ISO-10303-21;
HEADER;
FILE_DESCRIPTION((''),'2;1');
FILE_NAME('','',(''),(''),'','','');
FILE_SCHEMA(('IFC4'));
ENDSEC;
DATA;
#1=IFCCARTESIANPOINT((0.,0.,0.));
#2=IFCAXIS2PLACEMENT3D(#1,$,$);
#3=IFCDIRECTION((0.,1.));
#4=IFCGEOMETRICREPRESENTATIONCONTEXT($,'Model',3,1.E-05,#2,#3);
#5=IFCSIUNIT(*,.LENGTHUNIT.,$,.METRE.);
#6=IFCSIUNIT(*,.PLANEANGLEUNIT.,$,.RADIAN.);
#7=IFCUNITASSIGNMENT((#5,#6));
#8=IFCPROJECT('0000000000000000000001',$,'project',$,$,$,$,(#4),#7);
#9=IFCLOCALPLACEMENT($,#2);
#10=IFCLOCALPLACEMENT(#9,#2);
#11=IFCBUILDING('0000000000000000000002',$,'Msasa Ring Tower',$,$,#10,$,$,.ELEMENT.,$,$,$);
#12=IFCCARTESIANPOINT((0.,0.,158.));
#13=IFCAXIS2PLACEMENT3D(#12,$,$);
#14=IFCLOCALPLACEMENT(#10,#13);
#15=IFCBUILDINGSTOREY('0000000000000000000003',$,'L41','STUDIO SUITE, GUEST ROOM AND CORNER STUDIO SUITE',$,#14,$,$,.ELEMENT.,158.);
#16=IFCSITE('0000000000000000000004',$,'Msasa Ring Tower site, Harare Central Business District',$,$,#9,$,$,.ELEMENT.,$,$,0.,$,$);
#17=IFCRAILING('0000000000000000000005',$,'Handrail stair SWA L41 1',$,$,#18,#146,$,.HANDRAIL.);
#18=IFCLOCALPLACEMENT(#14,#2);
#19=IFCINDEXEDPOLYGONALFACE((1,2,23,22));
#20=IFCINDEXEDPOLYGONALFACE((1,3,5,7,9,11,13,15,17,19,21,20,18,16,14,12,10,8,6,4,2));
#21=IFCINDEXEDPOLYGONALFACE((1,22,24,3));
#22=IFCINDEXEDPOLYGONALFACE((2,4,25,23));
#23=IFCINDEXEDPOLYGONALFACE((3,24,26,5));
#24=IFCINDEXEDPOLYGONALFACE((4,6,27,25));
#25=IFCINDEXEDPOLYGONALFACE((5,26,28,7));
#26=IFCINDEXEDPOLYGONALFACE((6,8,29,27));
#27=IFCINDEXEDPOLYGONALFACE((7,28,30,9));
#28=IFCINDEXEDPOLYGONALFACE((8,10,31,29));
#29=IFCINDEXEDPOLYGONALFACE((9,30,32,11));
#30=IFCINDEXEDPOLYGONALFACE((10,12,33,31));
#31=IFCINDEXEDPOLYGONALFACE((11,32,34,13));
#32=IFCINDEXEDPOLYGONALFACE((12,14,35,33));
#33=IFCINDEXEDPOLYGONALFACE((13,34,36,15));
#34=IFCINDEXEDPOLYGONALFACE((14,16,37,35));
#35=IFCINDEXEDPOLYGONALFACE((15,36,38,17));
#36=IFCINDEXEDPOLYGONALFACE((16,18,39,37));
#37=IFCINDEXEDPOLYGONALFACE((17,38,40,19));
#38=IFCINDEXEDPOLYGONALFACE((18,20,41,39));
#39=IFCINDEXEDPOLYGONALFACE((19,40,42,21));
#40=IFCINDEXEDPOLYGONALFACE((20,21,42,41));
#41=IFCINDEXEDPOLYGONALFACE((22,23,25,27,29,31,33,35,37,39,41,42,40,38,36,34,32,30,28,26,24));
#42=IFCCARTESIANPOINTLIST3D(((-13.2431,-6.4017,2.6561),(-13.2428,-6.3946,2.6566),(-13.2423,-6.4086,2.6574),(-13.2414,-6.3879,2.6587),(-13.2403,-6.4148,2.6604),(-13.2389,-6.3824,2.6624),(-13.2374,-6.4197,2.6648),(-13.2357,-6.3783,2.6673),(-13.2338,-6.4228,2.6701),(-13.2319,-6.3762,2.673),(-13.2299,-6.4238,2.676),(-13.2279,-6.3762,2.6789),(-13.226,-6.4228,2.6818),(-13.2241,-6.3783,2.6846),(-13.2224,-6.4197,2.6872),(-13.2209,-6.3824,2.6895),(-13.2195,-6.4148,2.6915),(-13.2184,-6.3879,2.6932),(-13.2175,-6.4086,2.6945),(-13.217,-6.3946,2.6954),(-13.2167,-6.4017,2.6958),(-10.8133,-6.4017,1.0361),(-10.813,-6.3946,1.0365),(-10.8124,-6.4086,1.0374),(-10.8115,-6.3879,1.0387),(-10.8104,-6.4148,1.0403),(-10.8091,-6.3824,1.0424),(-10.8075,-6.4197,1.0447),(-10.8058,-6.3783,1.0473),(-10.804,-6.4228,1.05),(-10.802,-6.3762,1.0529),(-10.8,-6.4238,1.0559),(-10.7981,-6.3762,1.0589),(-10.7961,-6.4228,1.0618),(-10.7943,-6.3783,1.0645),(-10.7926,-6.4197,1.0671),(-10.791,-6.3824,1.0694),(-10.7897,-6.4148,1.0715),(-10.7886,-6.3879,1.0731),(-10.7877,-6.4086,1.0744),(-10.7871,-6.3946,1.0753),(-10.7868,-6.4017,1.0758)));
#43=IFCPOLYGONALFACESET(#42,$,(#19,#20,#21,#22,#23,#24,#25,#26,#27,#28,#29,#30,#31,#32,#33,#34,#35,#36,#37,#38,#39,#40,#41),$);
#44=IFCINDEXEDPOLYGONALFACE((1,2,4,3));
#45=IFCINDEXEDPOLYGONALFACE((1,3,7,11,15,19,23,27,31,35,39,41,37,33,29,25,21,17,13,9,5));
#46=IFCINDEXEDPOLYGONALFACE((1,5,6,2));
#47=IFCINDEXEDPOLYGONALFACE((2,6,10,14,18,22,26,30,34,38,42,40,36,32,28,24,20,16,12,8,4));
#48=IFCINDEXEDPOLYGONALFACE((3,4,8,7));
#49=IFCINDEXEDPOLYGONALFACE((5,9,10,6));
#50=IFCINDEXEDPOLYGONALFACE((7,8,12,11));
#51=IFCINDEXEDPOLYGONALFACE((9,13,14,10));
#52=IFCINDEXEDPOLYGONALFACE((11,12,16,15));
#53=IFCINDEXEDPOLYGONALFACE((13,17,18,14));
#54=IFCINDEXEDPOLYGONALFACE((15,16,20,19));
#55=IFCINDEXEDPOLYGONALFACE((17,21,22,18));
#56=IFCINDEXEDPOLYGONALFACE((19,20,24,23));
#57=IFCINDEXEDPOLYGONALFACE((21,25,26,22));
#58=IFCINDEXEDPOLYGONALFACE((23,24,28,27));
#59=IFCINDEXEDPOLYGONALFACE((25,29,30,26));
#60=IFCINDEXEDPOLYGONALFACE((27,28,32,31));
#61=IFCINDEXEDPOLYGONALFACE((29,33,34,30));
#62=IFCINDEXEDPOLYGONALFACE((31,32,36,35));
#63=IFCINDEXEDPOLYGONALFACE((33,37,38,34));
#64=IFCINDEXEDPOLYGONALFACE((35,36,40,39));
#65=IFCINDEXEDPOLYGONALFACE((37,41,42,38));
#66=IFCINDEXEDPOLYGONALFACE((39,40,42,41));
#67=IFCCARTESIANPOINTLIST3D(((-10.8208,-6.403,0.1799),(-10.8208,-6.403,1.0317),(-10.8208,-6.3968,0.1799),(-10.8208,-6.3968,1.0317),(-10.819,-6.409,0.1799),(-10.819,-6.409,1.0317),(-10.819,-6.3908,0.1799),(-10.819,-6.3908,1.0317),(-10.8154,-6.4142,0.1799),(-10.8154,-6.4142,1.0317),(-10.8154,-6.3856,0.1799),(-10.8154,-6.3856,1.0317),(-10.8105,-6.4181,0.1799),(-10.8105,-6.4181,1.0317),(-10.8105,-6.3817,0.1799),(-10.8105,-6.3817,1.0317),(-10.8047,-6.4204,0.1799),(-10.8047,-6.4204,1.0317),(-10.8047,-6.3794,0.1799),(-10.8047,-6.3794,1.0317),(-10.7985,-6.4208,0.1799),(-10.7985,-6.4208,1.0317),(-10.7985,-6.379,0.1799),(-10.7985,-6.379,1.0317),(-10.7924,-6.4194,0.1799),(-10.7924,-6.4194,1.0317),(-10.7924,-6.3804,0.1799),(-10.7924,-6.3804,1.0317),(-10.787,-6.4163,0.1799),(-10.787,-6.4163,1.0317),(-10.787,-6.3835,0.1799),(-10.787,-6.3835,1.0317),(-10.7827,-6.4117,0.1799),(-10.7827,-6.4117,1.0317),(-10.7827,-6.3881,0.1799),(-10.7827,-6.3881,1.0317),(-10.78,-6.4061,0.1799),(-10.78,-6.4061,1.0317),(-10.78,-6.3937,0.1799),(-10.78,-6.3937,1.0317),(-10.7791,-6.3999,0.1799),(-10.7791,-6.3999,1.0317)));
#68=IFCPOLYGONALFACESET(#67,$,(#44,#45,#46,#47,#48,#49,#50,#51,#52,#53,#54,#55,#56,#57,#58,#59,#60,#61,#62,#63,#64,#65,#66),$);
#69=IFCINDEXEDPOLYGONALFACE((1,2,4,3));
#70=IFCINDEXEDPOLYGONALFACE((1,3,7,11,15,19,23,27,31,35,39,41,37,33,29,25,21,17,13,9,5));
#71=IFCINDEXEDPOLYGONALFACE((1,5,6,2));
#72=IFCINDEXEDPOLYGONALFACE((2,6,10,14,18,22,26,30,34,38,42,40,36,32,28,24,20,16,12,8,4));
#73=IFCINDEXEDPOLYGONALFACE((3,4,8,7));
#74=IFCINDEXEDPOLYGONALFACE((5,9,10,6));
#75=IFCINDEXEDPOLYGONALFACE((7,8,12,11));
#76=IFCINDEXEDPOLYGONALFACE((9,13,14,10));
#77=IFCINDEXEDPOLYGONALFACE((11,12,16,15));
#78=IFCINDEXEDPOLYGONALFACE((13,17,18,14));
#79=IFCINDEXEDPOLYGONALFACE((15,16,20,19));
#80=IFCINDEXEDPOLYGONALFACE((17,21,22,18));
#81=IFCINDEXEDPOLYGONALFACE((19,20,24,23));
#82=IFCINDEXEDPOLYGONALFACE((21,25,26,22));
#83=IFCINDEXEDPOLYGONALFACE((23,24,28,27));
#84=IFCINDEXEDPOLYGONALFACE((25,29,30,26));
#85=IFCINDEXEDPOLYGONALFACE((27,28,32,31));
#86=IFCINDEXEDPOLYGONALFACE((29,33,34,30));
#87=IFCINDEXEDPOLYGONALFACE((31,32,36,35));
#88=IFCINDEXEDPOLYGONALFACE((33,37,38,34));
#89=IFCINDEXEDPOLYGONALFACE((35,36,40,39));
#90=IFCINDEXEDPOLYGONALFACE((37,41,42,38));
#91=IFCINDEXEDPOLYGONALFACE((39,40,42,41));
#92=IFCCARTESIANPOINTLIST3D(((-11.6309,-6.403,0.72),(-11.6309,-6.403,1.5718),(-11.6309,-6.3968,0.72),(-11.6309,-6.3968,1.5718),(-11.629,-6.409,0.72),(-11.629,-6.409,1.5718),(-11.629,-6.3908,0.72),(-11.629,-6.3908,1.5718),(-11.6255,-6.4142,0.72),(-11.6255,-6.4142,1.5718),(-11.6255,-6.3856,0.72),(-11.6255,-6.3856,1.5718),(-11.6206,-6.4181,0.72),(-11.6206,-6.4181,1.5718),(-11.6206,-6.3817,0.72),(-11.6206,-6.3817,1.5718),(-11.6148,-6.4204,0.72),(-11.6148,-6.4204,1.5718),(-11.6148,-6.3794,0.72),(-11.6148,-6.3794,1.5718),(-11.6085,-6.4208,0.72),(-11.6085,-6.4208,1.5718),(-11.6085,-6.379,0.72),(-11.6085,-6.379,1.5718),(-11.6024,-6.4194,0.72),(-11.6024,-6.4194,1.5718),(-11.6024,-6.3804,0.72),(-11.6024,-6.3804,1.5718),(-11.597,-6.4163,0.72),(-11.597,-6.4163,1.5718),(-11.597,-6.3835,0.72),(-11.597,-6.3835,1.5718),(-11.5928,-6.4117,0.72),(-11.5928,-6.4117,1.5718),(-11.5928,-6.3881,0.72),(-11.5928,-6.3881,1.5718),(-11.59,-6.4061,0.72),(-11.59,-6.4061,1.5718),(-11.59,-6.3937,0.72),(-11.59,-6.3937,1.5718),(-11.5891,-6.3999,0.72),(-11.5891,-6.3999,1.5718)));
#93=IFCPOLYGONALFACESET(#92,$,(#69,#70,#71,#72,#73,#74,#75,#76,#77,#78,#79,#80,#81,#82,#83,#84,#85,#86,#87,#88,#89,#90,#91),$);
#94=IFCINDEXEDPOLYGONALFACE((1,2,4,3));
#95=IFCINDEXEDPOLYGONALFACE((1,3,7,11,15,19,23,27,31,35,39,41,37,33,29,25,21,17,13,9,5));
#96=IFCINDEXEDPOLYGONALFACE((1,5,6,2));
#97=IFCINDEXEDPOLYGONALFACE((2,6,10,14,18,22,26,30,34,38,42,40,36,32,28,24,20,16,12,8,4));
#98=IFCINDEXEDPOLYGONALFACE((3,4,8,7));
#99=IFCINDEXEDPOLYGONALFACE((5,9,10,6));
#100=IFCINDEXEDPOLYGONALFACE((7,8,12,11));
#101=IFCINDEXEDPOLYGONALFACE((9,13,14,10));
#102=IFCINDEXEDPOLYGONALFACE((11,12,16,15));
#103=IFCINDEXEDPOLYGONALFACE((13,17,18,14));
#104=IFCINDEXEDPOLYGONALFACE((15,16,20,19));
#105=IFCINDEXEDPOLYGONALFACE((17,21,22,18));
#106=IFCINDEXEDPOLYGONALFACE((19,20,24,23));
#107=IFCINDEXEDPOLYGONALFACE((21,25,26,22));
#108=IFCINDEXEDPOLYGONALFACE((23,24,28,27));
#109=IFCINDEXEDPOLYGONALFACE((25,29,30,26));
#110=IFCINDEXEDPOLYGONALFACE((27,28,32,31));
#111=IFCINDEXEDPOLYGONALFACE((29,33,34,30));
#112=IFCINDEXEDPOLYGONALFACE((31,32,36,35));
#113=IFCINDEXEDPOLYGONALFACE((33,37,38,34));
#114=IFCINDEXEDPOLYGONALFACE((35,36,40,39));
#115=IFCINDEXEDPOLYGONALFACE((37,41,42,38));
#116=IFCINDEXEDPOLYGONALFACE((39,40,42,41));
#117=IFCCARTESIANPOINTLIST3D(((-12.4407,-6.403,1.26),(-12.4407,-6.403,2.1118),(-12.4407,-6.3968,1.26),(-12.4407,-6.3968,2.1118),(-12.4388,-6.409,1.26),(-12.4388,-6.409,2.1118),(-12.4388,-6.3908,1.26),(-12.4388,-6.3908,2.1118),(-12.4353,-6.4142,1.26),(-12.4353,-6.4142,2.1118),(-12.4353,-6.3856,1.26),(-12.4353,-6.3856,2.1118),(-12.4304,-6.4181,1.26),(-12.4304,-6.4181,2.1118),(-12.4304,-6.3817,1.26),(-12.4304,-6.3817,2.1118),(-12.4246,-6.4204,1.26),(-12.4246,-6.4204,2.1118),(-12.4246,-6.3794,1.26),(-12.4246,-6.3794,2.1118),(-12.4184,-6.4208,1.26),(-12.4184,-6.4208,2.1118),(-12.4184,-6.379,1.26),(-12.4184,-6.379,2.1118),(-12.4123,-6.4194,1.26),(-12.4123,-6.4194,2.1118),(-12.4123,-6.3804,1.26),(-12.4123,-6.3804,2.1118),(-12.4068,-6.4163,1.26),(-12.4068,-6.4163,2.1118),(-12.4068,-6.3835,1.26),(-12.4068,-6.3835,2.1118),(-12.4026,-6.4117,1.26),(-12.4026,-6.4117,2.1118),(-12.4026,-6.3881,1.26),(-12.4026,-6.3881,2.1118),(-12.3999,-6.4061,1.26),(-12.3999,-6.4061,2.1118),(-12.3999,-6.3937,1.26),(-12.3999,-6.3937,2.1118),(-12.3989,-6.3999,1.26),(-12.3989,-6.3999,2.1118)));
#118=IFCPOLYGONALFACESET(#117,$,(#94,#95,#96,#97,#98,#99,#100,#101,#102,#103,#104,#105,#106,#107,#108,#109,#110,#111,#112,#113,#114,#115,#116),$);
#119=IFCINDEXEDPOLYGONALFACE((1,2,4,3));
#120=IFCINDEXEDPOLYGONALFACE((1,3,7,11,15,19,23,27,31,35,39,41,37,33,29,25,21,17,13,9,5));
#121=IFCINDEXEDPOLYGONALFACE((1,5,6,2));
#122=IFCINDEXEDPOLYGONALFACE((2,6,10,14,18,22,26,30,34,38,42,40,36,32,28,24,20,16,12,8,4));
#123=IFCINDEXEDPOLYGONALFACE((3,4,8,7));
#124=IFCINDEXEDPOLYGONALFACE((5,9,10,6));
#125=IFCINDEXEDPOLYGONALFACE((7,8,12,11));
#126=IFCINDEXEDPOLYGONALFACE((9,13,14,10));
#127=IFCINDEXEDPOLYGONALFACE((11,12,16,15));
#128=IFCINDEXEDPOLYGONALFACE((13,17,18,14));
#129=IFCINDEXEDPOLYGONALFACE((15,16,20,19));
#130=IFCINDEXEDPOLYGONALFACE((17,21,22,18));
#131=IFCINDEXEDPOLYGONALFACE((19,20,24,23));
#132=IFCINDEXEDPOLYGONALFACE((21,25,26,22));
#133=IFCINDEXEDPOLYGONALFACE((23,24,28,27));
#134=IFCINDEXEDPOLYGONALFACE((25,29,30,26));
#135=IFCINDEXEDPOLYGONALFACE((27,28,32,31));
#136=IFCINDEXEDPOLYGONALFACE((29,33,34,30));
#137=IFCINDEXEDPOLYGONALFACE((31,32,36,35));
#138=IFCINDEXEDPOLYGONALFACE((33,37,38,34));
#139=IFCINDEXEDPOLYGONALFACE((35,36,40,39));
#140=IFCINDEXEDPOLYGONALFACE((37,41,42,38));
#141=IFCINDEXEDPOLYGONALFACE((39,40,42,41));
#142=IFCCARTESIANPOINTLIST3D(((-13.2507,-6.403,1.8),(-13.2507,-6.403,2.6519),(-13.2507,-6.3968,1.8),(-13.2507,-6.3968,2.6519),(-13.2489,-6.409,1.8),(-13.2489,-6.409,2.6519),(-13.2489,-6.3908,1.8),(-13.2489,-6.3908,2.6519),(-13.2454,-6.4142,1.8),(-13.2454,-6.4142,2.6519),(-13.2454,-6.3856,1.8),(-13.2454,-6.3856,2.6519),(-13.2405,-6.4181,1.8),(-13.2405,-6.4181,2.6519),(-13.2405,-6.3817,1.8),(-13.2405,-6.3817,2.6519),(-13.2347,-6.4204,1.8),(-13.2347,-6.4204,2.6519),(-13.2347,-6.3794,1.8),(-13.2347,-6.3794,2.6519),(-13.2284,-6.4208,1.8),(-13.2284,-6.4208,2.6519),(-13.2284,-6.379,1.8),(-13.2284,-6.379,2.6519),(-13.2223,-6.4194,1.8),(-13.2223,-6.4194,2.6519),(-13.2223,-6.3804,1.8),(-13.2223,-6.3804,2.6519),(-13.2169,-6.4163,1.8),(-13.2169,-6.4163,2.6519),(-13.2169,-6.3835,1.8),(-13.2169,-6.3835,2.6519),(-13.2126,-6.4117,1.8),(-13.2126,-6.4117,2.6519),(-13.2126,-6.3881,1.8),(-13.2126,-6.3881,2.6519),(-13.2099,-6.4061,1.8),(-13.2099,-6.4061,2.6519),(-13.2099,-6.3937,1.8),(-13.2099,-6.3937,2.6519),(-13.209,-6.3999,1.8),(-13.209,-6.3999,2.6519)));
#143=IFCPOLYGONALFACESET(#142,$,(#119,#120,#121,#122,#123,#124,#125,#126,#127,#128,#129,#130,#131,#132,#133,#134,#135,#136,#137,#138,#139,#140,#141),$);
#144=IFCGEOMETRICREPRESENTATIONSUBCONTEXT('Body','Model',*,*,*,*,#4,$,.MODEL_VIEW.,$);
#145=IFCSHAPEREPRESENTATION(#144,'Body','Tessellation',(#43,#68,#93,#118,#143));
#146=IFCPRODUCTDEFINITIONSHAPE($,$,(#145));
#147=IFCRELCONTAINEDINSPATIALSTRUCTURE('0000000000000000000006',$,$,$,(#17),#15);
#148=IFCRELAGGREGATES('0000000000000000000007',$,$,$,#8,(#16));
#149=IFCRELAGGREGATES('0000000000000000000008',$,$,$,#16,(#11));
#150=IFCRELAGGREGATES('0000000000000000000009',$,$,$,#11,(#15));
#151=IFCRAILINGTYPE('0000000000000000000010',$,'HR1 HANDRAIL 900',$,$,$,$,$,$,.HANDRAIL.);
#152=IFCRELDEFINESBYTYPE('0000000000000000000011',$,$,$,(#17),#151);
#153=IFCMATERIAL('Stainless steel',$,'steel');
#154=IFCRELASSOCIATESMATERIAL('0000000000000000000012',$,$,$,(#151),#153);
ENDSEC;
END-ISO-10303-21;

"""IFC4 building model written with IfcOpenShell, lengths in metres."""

from ifc_helpers import new_model, si_unit, direction, frame, origin, origin_2d, place, context, subcontext, project, spatial, circle, extrude, material, type_object, element, save


model = new_model("IFC4")

# Units and contexts
model_context = context("Model", 3, precision=1e-05, world=origin(), true_north=direction((0.0, 1.0)))
body_context = subcontext(model_context, "Body", "Model", "MODEL_VIEW")
ifc_project = project(units=[si_unit("LENGTHUNIT", "METRE"), si_unit("PLANEANGLEUNIT", "RADIAN")], contexts=[model_context])

# Site, building, storey
site_placement = place(None, origin())
site = spatial("IfcSite", under=ifc_project, at=site_placement, Name="Msasa Ring Tower site, Harare Central Business District", CompositionType="ELEMENT", RefElevation=0.0)
building_placement = place(site_placement, origin())
building = spatial("IfcBuilding", under=site, at=building_placement, Name="Msasa Ring Tower", CompositionType="ELEMENT")
storey_placement = place(building_placement, frame((0.0, 0.0, 158.0)))
storey = spatial("IfcBuildingStorey", under=building, at=storey_placement, Name="L41", Description="STUDIO SUITE, GUEST ROOM AND CORNER STUDIO SUITE", CompositionType="ELEMENT", Elevation=158.0)

# Railing
ifc_material_1 = material(Name="Stainless steel", Category="steel")
railing_type = type_object("IfcRailingType", Name="HR1 HANDRAIL 900", PredefinedType="HANDRAIL", material=ifc_material_1)
for number, where, name in (
    (1, (-10.8, -6.3999, 0.1799), "Handrail stair SWA L41 1"),
):
    element("IfcRailing", number, at=place(storey_placement, frame(where)), inside=storey, type_object=railing_type, Name=name, PredefinedType="HANDRAIL", context=body_context, shape_type="SweptSolid", body=[
        extrude(circle(Radius=0.0239, at=origin_2d()), frame((0.0, 0.0, 0.876), z_axis=(-0.832025, 0.0, 0.554739), x_axis=(0.0, -1.0, 0.0)), (0.0, 0.0, 1.0), 2.9204),
        extrude(circle(Radius=0.021, at=origin_2d()), origin(), (0.0, 0.0, 1.0), 0.8518),
        extrude(circle(Radius=0.021, at=origin_2d()), frame((-0.8101, 0.0, 0.54)), (0.0, 0.0, 1.0), 0.8518),
        extrude(circle(Radius=0.021, at=origin_2d()), frame((-1.6199, 0.0, 1.0801)), (0.0, 0.0, 1.0), 0.8518),
        extrude(circle(Radius=0.021, at=origin_2d()), frame((-2.4299, 0.0, 1.6201)), (0.0, 0.0, 1.0), 0.8518),
    ])

save(model, "model.ifc")
